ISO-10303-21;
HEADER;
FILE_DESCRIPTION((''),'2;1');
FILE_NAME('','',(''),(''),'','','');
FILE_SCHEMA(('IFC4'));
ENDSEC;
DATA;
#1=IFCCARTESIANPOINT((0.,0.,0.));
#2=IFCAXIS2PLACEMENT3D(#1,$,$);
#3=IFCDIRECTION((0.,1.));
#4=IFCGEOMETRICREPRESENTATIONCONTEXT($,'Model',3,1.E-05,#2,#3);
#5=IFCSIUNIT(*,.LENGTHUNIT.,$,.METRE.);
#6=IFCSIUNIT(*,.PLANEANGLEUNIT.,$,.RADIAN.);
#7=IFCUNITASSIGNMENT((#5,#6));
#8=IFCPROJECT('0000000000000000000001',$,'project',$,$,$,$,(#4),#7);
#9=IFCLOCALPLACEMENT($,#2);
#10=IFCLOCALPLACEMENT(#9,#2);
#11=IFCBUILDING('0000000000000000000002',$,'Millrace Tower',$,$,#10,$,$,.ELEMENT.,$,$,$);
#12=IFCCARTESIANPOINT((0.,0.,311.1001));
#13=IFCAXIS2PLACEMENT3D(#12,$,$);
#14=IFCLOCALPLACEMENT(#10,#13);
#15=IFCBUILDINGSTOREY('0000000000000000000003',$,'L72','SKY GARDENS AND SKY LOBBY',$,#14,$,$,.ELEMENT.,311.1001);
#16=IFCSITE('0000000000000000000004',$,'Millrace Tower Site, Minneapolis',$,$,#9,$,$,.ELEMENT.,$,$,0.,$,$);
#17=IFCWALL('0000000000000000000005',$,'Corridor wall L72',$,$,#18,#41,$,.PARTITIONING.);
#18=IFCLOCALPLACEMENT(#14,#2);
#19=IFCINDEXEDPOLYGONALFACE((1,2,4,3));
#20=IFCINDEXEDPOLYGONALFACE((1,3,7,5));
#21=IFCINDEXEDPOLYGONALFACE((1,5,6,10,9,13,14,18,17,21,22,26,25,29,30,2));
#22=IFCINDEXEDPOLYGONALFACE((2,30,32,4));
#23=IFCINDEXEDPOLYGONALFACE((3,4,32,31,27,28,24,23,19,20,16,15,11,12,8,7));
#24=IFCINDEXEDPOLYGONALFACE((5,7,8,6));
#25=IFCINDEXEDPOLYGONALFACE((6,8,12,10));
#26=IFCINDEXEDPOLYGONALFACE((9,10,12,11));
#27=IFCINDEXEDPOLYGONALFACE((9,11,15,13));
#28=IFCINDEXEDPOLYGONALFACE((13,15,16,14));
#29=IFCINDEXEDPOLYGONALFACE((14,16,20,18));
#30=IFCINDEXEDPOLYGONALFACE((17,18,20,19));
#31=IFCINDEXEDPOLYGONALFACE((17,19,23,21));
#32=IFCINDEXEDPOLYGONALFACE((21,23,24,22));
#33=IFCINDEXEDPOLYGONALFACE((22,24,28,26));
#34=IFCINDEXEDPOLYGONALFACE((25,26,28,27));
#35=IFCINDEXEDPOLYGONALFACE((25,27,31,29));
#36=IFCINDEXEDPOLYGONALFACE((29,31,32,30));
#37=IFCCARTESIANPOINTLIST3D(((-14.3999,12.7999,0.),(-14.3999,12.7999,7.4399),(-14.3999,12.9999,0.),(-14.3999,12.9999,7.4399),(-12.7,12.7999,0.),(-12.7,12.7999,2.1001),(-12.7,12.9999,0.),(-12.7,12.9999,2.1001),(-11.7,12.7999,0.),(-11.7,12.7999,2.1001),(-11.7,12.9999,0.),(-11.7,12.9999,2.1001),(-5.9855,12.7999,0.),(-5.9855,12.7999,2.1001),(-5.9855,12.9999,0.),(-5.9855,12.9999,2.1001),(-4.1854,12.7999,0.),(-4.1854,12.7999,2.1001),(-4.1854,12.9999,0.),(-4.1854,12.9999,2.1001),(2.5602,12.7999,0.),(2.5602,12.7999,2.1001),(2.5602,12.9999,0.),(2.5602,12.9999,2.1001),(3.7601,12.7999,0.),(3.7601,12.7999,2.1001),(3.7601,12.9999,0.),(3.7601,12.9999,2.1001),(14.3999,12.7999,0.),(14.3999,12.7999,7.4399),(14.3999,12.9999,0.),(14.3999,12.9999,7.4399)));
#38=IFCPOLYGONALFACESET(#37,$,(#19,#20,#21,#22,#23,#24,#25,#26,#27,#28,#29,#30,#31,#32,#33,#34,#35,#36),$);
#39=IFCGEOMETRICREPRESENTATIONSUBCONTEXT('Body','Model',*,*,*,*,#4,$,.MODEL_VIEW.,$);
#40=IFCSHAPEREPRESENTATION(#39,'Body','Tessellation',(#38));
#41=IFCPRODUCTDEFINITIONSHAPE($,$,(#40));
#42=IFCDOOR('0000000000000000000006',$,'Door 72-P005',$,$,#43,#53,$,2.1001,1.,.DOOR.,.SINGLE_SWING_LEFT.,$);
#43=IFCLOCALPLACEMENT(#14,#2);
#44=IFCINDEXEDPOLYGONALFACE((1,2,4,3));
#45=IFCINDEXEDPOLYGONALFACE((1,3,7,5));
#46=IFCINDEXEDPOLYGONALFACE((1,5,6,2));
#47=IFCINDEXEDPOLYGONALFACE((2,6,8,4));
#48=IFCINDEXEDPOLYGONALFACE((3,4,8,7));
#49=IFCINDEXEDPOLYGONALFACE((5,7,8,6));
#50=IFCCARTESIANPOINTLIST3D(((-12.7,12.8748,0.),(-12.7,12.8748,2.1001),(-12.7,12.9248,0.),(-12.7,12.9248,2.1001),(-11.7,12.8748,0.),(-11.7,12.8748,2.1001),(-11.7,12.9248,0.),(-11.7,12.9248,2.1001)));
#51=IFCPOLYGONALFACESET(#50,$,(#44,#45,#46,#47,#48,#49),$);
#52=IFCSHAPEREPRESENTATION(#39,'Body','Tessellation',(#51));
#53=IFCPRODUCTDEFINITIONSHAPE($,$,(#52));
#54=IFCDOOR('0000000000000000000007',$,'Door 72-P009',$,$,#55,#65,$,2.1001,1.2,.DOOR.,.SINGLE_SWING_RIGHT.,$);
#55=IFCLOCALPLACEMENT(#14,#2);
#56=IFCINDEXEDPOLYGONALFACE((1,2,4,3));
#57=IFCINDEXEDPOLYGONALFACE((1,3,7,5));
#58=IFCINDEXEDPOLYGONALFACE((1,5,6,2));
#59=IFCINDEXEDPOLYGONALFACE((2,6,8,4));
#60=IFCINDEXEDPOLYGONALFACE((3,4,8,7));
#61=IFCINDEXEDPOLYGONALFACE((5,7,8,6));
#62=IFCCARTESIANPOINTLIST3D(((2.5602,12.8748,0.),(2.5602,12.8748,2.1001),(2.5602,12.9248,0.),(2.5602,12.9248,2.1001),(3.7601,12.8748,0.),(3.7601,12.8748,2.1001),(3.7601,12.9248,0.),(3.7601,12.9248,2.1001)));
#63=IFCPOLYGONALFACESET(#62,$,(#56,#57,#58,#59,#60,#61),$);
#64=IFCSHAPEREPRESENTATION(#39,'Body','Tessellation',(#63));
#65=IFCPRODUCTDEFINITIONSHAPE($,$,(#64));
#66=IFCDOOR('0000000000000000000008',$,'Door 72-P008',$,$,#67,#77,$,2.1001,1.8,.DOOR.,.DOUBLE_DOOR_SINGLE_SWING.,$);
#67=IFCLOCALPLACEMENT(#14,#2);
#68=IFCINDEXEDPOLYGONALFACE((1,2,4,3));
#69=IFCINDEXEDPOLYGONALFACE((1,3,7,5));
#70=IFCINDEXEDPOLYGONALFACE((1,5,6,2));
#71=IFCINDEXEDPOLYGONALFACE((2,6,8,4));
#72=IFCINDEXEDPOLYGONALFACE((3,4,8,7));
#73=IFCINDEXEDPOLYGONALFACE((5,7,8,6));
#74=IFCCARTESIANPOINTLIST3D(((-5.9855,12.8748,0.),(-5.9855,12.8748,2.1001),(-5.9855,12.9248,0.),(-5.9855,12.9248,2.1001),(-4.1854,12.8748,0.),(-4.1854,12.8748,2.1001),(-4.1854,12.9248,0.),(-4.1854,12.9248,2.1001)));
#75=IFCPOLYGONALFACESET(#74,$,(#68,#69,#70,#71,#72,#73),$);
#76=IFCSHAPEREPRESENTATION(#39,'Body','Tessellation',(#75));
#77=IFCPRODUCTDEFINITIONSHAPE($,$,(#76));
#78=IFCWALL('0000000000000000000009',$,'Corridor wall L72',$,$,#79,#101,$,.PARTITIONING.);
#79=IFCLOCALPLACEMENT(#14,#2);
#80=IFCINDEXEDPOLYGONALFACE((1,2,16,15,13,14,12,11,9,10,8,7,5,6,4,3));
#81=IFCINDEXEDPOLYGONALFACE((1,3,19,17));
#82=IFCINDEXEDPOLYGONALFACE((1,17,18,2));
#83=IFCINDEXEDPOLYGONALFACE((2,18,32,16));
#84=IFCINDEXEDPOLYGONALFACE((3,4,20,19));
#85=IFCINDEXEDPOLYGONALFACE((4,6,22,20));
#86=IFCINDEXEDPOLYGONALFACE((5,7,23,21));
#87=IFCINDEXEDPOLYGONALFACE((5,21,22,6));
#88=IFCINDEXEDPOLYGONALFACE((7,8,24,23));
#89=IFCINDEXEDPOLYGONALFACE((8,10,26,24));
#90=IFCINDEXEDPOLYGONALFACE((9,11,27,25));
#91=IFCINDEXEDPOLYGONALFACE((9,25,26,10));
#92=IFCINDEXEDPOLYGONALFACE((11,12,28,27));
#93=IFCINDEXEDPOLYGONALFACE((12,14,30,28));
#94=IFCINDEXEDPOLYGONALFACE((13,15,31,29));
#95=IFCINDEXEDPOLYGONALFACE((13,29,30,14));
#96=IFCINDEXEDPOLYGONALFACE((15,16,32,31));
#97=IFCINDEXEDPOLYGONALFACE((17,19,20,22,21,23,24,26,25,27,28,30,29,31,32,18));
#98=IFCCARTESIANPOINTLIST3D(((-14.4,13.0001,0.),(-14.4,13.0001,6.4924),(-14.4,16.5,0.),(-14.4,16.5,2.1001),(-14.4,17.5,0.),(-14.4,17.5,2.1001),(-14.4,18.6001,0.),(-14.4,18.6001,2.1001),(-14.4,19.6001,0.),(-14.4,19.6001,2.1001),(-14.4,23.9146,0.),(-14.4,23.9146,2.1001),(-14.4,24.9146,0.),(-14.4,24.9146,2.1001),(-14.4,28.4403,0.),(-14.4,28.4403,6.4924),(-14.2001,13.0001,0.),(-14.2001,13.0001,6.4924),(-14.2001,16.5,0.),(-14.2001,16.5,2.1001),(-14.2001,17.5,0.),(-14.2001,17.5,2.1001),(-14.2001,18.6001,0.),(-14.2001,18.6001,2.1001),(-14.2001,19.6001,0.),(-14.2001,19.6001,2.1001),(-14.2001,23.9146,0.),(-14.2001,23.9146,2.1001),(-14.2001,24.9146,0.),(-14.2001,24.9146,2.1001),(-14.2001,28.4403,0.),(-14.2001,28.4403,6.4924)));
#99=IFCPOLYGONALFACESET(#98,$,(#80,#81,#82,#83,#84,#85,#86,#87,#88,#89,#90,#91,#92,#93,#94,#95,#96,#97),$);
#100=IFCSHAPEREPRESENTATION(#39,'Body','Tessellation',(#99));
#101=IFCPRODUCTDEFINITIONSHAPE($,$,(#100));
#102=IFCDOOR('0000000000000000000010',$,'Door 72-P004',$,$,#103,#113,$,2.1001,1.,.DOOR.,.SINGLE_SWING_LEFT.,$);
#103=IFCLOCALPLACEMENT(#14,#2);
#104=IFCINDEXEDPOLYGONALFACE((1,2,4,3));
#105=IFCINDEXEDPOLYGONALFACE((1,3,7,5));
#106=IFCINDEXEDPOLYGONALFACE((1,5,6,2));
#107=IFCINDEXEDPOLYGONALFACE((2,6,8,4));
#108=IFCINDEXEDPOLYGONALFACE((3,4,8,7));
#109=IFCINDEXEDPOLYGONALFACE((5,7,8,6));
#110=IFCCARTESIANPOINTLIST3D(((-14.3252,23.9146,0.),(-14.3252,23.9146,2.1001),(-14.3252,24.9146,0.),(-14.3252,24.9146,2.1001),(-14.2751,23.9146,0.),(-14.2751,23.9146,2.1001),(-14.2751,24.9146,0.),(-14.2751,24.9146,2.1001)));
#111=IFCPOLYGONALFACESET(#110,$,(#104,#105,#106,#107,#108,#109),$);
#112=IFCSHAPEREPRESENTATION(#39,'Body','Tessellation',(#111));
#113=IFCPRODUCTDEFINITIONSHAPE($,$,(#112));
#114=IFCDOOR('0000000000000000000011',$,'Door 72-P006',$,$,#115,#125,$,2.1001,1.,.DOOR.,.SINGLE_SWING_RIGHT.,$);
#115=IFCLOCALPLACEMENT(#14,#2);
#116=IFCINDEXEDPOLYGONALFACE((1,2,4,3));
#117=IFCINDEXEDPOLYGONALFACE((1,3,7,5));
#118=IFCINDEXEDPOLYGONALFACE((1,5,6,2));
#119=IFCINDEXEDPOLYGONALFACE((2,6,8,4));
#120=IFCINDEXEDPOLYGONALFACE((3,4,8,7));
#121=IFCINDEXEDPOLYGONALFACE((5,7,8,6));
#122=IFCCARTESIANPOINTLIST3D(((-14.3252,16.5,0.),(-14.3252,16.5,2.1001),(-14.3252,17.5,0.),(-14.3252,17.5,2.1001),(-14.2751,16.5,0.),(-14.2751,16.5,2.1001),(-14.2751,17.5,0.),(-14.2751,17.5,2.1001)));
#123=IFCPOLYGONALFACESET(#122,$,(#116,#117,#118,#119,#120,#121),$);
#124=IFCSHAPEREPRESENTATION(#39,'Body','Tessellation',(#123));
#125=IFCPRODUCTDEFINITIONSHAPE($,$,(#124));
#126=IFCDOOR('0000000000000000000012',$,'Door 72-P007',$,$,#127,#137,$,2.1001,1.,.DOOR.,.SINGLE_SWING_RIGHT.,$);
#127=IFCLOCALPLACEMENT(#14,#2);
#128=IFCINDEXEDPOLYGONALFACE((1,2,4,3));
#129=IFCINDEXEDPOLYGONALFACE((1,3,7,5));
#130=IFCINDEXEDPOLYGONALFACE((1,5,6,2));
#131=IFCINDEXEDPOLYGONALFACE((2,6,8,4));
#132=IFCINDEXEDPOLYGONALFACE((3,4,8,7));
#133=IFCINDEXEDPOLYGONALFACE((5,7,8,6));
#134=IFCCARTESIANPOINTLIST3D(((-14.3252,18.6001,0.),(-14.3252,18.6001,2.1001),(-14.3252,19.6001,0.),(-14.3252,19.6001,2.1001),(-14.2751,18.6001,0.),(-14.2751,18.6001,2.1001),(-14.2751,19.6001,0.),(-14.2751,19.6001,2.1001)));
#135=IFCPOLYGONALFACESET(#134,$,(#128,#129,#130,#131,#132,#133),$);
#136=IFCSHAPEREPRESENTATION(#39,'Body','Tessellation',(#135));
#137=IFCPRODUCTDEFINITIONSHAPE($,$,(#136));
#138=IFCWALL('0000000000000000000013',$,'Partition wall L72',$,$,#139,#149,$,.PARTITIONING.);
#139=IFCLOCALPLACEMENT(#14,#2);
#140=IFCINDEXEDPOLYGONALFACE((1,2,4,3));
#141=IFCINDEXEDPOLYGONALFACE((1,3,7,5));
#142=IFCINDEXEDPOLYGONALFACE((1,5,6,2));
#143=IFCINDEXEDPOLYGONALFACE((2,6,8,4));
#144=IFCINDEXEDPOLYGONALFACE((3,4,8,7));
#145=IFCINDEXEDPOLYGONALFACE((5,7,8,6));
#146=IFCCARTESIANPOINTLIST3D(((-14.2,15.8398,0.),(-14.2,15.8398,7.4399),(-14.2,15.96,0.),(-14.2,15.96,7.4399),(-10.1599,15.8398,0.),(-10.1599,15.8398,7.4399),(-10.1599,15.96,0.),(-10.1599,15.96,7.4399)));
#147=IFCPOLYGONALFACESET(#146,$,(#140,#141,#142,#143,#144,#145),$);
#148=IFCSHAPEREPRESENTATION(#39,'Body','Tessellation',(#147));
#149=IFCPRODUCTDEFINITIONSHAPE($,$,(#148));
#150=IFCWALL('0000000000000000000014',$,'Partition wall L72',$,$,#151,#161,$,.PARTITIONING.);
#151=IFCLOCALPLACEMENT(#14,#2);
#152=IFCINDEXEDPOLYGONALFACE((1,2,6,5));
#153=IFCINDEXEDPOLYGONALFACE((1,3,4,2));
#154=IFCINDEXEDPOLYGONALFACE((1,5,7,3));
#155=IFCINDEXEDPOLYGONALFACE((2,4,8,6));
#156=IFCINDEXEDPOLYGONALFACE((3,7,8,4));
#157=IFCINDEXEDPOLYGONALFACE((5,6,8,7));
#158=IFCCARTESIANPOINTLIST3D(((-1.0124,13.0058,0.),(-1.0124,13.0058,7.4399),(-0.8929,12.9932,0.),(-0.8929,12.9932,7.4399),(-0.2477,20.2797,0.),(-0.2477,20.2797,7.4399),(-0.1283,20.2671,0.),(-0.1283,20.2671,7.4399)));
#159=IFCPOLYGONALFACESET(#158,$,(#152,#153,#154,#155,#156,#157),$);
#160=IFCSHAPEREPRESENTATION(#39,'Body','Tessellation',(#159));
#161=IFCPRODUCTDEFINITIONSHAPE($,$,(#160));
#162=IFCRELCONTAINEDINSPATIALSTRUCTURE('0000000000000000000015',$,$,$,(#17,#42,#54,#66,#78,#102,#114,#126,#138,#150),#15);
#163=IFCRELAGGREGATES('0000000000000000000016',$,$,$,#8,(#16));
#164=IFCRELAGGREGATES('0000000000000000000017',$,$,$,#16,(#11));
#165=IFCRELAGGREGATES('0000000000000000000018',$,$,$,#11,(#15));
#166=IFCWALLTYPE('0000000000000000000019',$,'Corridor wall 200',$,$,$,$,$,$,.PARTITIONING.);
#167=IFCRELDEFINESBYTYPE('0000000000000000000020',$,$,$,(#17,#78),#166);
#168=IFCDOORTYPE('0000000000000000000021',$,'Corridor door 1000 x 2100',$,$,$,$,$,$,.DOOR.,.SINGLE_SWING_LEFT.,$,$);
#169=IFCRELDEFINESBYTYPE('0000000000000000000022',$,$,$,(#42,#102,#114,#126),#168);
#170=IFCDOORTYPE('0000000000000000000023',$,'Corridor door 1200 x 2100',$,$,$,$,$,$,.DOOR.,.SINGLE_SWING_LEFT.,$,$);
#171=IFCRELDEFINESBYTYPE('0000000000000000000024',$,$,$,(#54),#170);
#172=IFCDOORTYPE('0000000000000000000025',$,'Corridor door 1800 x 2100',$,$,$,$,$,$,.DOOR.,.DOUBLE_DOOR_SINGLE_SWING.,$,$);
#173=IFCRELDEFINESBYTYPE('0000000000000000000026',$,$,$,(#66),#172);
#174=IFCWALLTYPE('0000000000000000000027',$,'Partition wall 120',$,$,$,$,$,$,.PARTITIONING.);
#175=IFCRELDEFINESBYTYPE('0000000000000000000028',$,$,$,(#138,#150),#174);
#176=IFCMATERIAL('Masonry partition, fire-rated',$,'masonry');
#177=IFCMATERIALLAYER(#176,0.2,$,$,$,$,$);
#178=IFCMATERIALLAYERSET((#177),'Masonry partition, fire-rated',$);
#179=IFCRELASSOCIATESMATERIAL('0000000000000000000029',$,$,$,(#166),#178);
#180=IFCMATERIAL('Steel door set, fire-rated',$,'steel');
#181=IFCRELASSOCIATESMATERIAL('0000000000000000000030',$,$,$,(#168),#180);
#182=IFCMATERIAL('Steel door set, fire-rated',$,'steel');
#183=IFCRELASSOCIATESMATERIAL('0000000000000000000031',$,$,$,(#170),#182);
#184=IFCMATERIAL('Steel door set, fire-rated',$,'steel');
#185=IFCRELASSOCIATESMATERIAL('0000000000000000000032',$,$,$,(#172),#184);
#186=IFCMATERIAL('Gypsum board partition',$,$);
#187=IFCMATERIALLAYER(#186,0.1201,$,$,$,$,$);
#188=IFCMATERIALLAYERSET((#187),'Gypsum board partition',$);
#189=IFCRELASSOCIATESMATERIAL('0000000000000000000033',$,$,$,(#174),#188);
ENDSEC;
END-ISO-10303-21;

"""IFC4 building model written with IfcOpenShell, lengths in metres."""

from ifc_helpers import new_model, si_unit, direction, frame, frame_2d, origin, place, context, subcontext, project, spatial, rectangle, extrude, material, layer, layer_set, type_object, element, fill, save


model = new_model("IFC4")

# Units and contexts
model_context = context("Model", 3, precision=1e-05, world=origin(), true_north=direction((0.0, 1.0)))
body_context = subcontext(model_context, "Body", "Model", "MODEL_VIEW")
ifc_project = project(units=[si_unit("LENGTHUNIT", "METRE"), si_unit("PLANEANGLEUNIT", "RADIAN")], contexts=[model_context])

# Site, building, storey
site_placement = place(None, origin())
site = spatial("IfcSite", under=ifc_project, at=site_placement, Name="Millrace Tower Site, Minneapolis", CompositionType="ELEMENT", RefElevation=0.0)
building_placement = place(site_placement, origin())
building = spatial("IfcBuilding", under=site, at=building_placement, Name="Millrace Tower", CompositionType="ELEMENT")
storey_placement = place(building_placement, frame((0.0, 0.0, 311.1001)))
storey = spatial("IfcBuildingStorey", under=building, at=storey_placement, Name="L72", Description="SKY GARDENS AND SKY LOBBY", CompositionType="ELEMENT", Elevation=311.1001)

# Shared definitions
ifc_material_1 = material(Name="Masonry partition, fire-rated", Category="masonry")
ifc_layer_1 = layer(ifc_material_1, 0.2)
ifc_layer_set_1 = layer_set([ifc_layer_1], Name="Masonry partition, fire-rated")
wall_type_1 = type_object("IfcWallType", Name="Corridor wall 200", PredefinedType="PARTITIONING", material=ifc_layer_set_1)

# Walls, openings, doors
wall_1_placement = place(storey_placement, frame((-14.3999, 12.8999, 0.0), z_axis=(0.0, 0.0, 1.0), x_axis=(1.0, 0.0, 0.0)))
wall_1 = element("IfcWall", 1, at=wall_1_placement, inside=storey, type_object=wall_type_1, Name="Corridor wall L72", PredefinedType="PARTITIONING", context=body_context, shape_type="SweptSolid", body=[
    extrude(rectangle(XDim=28.7998, YDim=0.2, at=frame_2d((14.3999, 0.0))), origin(), (0.0, 0.0, 1.0), 7.4399),
])
opening_1_placement = place(wall_1_placement, frame((1.7, 0.0, 0.0)))
opening_1 = element("IfcOpeningElement", 2, at=opening_1_placement, cuts=wall_1, PredefinedType="OPENING", context=body_context, shape_type="SweptSolid", body=[
    extrude(rectangle(XDim=1.0, YDim=2.1001, at=frame_2d((0.5, 1.05))), frame((0.0, 0.1099, 0.0), z_axis=(0.0, -1.0, 0.0), x_axis=(1.0, 0.0, 0.0)), (0.0, 0.0, 1.0), 0.22),
])
opening_2_placement = place(wall_1_placement, frame((8.4146, 0.0, 0.0)))
opening_2 = element("IfcOpeningElement", 3, at=opening_2_placement, cuts=wall_1, PredefinedType="OPENING", context=body_context, shape_type="SweptSolid", body=[
    extrude(rectangle(XDim=1.8, YDim=2.1001, at=frame_2d((0.8999, 1.05))), frame((0.0, 0.1099, 0.0), z_axis=(0.0, -1.0, 0.0), x_axis=(1.0, 0.0, 0.0)), (0.0, 0.0, 1.0), 0.22),
])
opening_3_placement = place(wall_1_placement, frame((16.96, 0.0, 0.0)))
opening_3 = element("IfcOpeningElement", 4, at=opening_3_placement, cuts=wall_1, PredefinedType="OPENING", context=body_context, shape_type="SweptSolid", body=[
    extrude(rectangle(XDim=1.2, YDim=2.1001, at=frame_2d((0.6001, 1.05))), frame((0.0, 0.1099, 0.0), z_axis=(0.0, -1.0, 0.0), x_axis=(1.0, 0.0, 0.0)), (0.0, 0.0, 1.0), 0.22),
])
ifc_material_2 = material(Name="Steel door set, fire-rated", Category="steel")
door_type_1 = type_object("IfcDoorType", Name="Corridor door 1000 x 2100", OperationType="SINGLE_SWING_LEFT", PredefinedType="DOOR", material=ifc_material_2)
door_1_placement = place(opening_1_placement, origin())
door_1 = element("IfcDoor", 5, at=door_1_placement, inside=storey, type_object=door_type_1, Name="Door 72-P005", OperationType="SINGLE_SWING_LEFT", OverallHeight=2.1001, OverallWidth=1.0, PredefinedType="DOOR", context=body_context, shape_type="SweptSolid", body=[
    extrude(rectangle(XDim=1.0, YDim=2.1001, at=frame_2d((0.5, 1.05))), frame((0.0, 0.0249, 0.0), z_axis=(0.0, -1.0, 0.0), x_axis=(1.0, 0.0, 0.0)), (0.0, 0.0, 1.0), 0.05),
])
fill(opening_1, door_1)
ifc_material_3 = material(Name="Steel door set, fire-rated", Category="steel")
door_type_2 = type_object("IfcDoorType", Name="Corridor door 1200 x 2100", OperationType="SINGLE_SWING_LEFT", PredefinedType="DOOR", material=ifc_material_3)
door_2_placement = place(opening_3_placement, origin())
door_2 = element("IfcDoor", 6, at=door_2_placement, inside=storey, type_object=door_type_2, Name="Door 72-P009", OperationType="SINGLE_SWING_RIGHT", OverallHeight=2.1001, OverallWidth=1.2, PredefinedType="DOOR", context=body_context, shape_type="SweptSolid", body=[
    extrude(rectangle(XDim=1.2, YDim=2.1001, at=frame_2d((0.6001, 1.05))), frame((0.0, 0.0249, 0.0), z_axis=(0.0, -1.0, 0.0), x_axis=(1.0, 0.0, 0.0)), (0.0, 0.0, 1.0), 0.05),
])
fill(opening_3, door_2)
ifc_material_4 = material(Name="Steel door set, fire-rated", Category="steel")
door_type_3 = type_object("IfcDoorType", Name="Corridor door 1800 x 2100", OperationType="DOUBLE_DOOR_SINGLE_SWING", PredefinedType="DOOR", material=ifc_material_4)
door_3_placement = place(opening_2_placement, origin())
door_3 = element("IfcDoor", 7, at=door_3_placement, inside=storey, type_object=door_type_3, Name="Door 72-P008", OperationType="DOUBLE_DOOR_SINGLE_SWING", OverallHeight=2.1001, OverallWidth=1.8, PredefinedType="DOOR", context=body_context, shape_type="SweptSolid", body=[
    extrude(rectangle(XDim=1.8, YDim=2.1001, at=frame_2d((0.8999, 1.05))), frame((0.0, 0.0249, 0.0), z_axis=(0.0, -1.0, 0.0), x_axis=(1.0, 0.0, 0.0)), (0.0, 0.0, 1.0), 0.05),
])
fill(opening_2, door_3)
wall_2_placement = place(storey_placement, frame((-14.3, 13.0, 0.0), z_axis=(0.0, 0.0, 1.0), x_axis=(0.0, 1.0, 0.0)))
wall_2 = element("IfcWall", 8, at=wall_2_placement, inside=storey, type_object=wall_type_1, Name="Corridor wall L72", PredefinedType="PARTITIONING", context=body_context, shape_type="SweptSolid", body=[
    extrude(rectangle(XDim=15.4402, YDim=0.2, at=frame_2d((7.7202, 0.0))), origin(), (0.0, 0.0, 1.0), 6.4924),
])
opening_4_placement = place(wall_2_placement, frame((10.9146, 0.0, 0.0)))
opening_4 = element("IfcOpeningElement", 9, at=opening_4_placement, cuts=wall_2, PredefinedType="OPENING", context=body_context, shape_type="SweptSolid", body=[
    extrude(rectangle(XDim=1.0, YDim=2.1001, at=frame_2d((0.5, 1.05))), frame((0.0, 0.1099, 0.0), z_axis=(0.0, -1.0, 0.0), x_axis=(1.0, 0.0, 0.0)), (0.0, 0.0, 1.0), 0.22),
])
opening_5_placement = place(wall_2_placement, frame((3.5, 0.0, 0.0)))
opening_5 = element("IfcOpeningElement", 10, at=opening_5_placement, cuts=wall_2, PredefinedType="OPENING", context=body_context, shape_type="SweptSolid", body=[
    extrude(rectangle(XDim=1.0, YDim=2.1001, at=frame_2d((0.5, 1.05))), frame((0.0, 0.1099, 0.0), z_axis=(0.0, -1.0, 0.0), x_axis=(1.0, 0.0, 0.0)), (0.0, 0.0, 1.0), 0.22),
])
opening_6_placement = place(wall_2_placement, frame((5.6001, 0.0, 0.0)))
opening_6 = element("IfcOpeningElement", 11, at=opening_6_placement, cuts=wall_2, PredefinedType="OPENING", context=body_context, shape_type="SweptSolid", body=[
    extrude(rectangle(XDim=1.0, YDim=2.1001, at=frame_2d((0.5, 1.05))), frame((0.0, 0.1099, 0.0), z_axis=(0.0, -1.0, 0.0), x_axis=(1.0, 0.0, 0.0)), (0.0, 0.0, 1.0), 0.22),
])
door_4_placement = place(opening_4_placement, frame((1.0, 0.0, 0.0), z_axis=(0.0, 0.0, 1.0), x_axis=(-1.0, 0.0, 0.0)))
door_4 = element("IfcDoor", 12, at=door_4_placement, inside=storey, type_object=door_type_1, Name="Door 72-P004", OperationType="SINGLE_SWING_LEFT", OverallHeight=2.1001, OverallWidth=1.0, PredefinedType="DOOR", context=body_context, shape_type="SweptSolid", body=[
    extrude(rectangle(XDim=1.0, YDim=2.1001, at=frame_2d((0.5, 1.05))), frame((0.0, 0.0249, 0.0), z_axis=(0.0, -1.0, 0.0), x_axis=(1.0, 0.0, 0.0)), (0.0, 0.0, 1.0), 0.05),
])
fill(opening_4, door_4)
door_5_placement = place(opening_5_placement, frame((1.0, 0.0, 0.0), z_axis=(0.0, 0.0, 1.0), x_axis=(-1.0, 0.0, 0.0)))
door_5 = element("IfcDoor", 13, at=door_5_placement, inside=storey, type_object=door_type_1, Name="Door 72-P006", OperationType="SINGLE_SWING_RIGHT", OverallHeight=2.1001, OverallWidth=1.0, PredefinedType="DOOR", context=body_context, shape_type="SweptSolid", body=[
    extrude(rectangle(XDim=1.0, YDim=2.1001, at=frame_2d((0.5, 1.05))), frame((0.0, 0.0249, 0.0), z_axis=(0.0, -1.0, 0.0), x_axis=(1.0, 0.0, 0.0)), (0.0, 0.0, 1.0), 0.05),
])
fill(opening_5, door_5)
door_6_placement = place(opening_6_placement, frame((1.0, 0.0, 0.0), z_axis=(0.0, 0.0, 1.0), x_axis=(-1.0, 0.0, 0.0)))
door_6 = element("IfcDoor", 14, at=door_6_placement, inside=storey, type_object=door_type_1, Name="Door 72-P007", OperationType="SINGLE_SWING_RIGHT", OverallHeight=2.1001, OverallWidth=1.0, PredefinedType="DOOR", context=body_context, shape_type="SweptSolid", body=[
    extrude(rectangle(XDim=1.0, YDim=2.1001, at=frame_2d((0.5, 1.05))), frame((0.0, 0.0249, 0.0), z_axis=(0.0, -1.0, 0.0), x_axis=(1.0, 0.0, 0.0)), (0.0, 0.0, 1.0), 0.05),
])
fill(opening_6, door_6)

# Walls
ifc_material_5 = material(Name="Gypsum board partition")
ifc_layer_2 = layer(ifc_material_5, 0.1201)
ifc_layer_set_2 = layer_set([ifc_layer_2], Name="Gypsum board partition")
wall_type_2 = type_object("IfcWallType", Name="Partition wall 120", PredefinedType="PARTITIONING", material=ifc_layer_set_2)
wall_3_placement = place(storey_placement, frame((-14.2, 15.8999, 0.0), z_axis=(0.0, 0.0, 1.0), x_axis=(1.0, 0.0, 0.0)))
element("IfcWall", 15, at=wall_3_placement, inside=storey, type_object=wall_type_2, Name="Partition wall L72", PredefinedType="PARTITIONING", context=body_context, shape_type="SweptSolid", body=[
    extrude(rectangle(XDim=4.04, YDim=0.1201, at=frame_2d((2.02, 0.0))), origin(), (0.0, 0.0, 1.0), 7.4399),
])
wall_4_placement = place(storey_placement, frame((-0.9526, 12.9995, 0.0), z_axis=(0.0, 0.0, 1.0), x_axis=(0.104546, 0.99452, 0.0)))
element("IfcWall", 16, at=wall_4_placement, inside=storey, type_object=wall_type_2, Name="Partition wall L72", PredefinedType="PARTITIONING", context=body_context, shape_type="SweptSolid", body=[
    extrude(rectangle(XDim=7.314, YDim=0.1201, at=frame_2d((3.657, 0.0))), origin(), (0.0, 0.0, 1.0), 7.4399),
])

save(model, "model.ifc")
